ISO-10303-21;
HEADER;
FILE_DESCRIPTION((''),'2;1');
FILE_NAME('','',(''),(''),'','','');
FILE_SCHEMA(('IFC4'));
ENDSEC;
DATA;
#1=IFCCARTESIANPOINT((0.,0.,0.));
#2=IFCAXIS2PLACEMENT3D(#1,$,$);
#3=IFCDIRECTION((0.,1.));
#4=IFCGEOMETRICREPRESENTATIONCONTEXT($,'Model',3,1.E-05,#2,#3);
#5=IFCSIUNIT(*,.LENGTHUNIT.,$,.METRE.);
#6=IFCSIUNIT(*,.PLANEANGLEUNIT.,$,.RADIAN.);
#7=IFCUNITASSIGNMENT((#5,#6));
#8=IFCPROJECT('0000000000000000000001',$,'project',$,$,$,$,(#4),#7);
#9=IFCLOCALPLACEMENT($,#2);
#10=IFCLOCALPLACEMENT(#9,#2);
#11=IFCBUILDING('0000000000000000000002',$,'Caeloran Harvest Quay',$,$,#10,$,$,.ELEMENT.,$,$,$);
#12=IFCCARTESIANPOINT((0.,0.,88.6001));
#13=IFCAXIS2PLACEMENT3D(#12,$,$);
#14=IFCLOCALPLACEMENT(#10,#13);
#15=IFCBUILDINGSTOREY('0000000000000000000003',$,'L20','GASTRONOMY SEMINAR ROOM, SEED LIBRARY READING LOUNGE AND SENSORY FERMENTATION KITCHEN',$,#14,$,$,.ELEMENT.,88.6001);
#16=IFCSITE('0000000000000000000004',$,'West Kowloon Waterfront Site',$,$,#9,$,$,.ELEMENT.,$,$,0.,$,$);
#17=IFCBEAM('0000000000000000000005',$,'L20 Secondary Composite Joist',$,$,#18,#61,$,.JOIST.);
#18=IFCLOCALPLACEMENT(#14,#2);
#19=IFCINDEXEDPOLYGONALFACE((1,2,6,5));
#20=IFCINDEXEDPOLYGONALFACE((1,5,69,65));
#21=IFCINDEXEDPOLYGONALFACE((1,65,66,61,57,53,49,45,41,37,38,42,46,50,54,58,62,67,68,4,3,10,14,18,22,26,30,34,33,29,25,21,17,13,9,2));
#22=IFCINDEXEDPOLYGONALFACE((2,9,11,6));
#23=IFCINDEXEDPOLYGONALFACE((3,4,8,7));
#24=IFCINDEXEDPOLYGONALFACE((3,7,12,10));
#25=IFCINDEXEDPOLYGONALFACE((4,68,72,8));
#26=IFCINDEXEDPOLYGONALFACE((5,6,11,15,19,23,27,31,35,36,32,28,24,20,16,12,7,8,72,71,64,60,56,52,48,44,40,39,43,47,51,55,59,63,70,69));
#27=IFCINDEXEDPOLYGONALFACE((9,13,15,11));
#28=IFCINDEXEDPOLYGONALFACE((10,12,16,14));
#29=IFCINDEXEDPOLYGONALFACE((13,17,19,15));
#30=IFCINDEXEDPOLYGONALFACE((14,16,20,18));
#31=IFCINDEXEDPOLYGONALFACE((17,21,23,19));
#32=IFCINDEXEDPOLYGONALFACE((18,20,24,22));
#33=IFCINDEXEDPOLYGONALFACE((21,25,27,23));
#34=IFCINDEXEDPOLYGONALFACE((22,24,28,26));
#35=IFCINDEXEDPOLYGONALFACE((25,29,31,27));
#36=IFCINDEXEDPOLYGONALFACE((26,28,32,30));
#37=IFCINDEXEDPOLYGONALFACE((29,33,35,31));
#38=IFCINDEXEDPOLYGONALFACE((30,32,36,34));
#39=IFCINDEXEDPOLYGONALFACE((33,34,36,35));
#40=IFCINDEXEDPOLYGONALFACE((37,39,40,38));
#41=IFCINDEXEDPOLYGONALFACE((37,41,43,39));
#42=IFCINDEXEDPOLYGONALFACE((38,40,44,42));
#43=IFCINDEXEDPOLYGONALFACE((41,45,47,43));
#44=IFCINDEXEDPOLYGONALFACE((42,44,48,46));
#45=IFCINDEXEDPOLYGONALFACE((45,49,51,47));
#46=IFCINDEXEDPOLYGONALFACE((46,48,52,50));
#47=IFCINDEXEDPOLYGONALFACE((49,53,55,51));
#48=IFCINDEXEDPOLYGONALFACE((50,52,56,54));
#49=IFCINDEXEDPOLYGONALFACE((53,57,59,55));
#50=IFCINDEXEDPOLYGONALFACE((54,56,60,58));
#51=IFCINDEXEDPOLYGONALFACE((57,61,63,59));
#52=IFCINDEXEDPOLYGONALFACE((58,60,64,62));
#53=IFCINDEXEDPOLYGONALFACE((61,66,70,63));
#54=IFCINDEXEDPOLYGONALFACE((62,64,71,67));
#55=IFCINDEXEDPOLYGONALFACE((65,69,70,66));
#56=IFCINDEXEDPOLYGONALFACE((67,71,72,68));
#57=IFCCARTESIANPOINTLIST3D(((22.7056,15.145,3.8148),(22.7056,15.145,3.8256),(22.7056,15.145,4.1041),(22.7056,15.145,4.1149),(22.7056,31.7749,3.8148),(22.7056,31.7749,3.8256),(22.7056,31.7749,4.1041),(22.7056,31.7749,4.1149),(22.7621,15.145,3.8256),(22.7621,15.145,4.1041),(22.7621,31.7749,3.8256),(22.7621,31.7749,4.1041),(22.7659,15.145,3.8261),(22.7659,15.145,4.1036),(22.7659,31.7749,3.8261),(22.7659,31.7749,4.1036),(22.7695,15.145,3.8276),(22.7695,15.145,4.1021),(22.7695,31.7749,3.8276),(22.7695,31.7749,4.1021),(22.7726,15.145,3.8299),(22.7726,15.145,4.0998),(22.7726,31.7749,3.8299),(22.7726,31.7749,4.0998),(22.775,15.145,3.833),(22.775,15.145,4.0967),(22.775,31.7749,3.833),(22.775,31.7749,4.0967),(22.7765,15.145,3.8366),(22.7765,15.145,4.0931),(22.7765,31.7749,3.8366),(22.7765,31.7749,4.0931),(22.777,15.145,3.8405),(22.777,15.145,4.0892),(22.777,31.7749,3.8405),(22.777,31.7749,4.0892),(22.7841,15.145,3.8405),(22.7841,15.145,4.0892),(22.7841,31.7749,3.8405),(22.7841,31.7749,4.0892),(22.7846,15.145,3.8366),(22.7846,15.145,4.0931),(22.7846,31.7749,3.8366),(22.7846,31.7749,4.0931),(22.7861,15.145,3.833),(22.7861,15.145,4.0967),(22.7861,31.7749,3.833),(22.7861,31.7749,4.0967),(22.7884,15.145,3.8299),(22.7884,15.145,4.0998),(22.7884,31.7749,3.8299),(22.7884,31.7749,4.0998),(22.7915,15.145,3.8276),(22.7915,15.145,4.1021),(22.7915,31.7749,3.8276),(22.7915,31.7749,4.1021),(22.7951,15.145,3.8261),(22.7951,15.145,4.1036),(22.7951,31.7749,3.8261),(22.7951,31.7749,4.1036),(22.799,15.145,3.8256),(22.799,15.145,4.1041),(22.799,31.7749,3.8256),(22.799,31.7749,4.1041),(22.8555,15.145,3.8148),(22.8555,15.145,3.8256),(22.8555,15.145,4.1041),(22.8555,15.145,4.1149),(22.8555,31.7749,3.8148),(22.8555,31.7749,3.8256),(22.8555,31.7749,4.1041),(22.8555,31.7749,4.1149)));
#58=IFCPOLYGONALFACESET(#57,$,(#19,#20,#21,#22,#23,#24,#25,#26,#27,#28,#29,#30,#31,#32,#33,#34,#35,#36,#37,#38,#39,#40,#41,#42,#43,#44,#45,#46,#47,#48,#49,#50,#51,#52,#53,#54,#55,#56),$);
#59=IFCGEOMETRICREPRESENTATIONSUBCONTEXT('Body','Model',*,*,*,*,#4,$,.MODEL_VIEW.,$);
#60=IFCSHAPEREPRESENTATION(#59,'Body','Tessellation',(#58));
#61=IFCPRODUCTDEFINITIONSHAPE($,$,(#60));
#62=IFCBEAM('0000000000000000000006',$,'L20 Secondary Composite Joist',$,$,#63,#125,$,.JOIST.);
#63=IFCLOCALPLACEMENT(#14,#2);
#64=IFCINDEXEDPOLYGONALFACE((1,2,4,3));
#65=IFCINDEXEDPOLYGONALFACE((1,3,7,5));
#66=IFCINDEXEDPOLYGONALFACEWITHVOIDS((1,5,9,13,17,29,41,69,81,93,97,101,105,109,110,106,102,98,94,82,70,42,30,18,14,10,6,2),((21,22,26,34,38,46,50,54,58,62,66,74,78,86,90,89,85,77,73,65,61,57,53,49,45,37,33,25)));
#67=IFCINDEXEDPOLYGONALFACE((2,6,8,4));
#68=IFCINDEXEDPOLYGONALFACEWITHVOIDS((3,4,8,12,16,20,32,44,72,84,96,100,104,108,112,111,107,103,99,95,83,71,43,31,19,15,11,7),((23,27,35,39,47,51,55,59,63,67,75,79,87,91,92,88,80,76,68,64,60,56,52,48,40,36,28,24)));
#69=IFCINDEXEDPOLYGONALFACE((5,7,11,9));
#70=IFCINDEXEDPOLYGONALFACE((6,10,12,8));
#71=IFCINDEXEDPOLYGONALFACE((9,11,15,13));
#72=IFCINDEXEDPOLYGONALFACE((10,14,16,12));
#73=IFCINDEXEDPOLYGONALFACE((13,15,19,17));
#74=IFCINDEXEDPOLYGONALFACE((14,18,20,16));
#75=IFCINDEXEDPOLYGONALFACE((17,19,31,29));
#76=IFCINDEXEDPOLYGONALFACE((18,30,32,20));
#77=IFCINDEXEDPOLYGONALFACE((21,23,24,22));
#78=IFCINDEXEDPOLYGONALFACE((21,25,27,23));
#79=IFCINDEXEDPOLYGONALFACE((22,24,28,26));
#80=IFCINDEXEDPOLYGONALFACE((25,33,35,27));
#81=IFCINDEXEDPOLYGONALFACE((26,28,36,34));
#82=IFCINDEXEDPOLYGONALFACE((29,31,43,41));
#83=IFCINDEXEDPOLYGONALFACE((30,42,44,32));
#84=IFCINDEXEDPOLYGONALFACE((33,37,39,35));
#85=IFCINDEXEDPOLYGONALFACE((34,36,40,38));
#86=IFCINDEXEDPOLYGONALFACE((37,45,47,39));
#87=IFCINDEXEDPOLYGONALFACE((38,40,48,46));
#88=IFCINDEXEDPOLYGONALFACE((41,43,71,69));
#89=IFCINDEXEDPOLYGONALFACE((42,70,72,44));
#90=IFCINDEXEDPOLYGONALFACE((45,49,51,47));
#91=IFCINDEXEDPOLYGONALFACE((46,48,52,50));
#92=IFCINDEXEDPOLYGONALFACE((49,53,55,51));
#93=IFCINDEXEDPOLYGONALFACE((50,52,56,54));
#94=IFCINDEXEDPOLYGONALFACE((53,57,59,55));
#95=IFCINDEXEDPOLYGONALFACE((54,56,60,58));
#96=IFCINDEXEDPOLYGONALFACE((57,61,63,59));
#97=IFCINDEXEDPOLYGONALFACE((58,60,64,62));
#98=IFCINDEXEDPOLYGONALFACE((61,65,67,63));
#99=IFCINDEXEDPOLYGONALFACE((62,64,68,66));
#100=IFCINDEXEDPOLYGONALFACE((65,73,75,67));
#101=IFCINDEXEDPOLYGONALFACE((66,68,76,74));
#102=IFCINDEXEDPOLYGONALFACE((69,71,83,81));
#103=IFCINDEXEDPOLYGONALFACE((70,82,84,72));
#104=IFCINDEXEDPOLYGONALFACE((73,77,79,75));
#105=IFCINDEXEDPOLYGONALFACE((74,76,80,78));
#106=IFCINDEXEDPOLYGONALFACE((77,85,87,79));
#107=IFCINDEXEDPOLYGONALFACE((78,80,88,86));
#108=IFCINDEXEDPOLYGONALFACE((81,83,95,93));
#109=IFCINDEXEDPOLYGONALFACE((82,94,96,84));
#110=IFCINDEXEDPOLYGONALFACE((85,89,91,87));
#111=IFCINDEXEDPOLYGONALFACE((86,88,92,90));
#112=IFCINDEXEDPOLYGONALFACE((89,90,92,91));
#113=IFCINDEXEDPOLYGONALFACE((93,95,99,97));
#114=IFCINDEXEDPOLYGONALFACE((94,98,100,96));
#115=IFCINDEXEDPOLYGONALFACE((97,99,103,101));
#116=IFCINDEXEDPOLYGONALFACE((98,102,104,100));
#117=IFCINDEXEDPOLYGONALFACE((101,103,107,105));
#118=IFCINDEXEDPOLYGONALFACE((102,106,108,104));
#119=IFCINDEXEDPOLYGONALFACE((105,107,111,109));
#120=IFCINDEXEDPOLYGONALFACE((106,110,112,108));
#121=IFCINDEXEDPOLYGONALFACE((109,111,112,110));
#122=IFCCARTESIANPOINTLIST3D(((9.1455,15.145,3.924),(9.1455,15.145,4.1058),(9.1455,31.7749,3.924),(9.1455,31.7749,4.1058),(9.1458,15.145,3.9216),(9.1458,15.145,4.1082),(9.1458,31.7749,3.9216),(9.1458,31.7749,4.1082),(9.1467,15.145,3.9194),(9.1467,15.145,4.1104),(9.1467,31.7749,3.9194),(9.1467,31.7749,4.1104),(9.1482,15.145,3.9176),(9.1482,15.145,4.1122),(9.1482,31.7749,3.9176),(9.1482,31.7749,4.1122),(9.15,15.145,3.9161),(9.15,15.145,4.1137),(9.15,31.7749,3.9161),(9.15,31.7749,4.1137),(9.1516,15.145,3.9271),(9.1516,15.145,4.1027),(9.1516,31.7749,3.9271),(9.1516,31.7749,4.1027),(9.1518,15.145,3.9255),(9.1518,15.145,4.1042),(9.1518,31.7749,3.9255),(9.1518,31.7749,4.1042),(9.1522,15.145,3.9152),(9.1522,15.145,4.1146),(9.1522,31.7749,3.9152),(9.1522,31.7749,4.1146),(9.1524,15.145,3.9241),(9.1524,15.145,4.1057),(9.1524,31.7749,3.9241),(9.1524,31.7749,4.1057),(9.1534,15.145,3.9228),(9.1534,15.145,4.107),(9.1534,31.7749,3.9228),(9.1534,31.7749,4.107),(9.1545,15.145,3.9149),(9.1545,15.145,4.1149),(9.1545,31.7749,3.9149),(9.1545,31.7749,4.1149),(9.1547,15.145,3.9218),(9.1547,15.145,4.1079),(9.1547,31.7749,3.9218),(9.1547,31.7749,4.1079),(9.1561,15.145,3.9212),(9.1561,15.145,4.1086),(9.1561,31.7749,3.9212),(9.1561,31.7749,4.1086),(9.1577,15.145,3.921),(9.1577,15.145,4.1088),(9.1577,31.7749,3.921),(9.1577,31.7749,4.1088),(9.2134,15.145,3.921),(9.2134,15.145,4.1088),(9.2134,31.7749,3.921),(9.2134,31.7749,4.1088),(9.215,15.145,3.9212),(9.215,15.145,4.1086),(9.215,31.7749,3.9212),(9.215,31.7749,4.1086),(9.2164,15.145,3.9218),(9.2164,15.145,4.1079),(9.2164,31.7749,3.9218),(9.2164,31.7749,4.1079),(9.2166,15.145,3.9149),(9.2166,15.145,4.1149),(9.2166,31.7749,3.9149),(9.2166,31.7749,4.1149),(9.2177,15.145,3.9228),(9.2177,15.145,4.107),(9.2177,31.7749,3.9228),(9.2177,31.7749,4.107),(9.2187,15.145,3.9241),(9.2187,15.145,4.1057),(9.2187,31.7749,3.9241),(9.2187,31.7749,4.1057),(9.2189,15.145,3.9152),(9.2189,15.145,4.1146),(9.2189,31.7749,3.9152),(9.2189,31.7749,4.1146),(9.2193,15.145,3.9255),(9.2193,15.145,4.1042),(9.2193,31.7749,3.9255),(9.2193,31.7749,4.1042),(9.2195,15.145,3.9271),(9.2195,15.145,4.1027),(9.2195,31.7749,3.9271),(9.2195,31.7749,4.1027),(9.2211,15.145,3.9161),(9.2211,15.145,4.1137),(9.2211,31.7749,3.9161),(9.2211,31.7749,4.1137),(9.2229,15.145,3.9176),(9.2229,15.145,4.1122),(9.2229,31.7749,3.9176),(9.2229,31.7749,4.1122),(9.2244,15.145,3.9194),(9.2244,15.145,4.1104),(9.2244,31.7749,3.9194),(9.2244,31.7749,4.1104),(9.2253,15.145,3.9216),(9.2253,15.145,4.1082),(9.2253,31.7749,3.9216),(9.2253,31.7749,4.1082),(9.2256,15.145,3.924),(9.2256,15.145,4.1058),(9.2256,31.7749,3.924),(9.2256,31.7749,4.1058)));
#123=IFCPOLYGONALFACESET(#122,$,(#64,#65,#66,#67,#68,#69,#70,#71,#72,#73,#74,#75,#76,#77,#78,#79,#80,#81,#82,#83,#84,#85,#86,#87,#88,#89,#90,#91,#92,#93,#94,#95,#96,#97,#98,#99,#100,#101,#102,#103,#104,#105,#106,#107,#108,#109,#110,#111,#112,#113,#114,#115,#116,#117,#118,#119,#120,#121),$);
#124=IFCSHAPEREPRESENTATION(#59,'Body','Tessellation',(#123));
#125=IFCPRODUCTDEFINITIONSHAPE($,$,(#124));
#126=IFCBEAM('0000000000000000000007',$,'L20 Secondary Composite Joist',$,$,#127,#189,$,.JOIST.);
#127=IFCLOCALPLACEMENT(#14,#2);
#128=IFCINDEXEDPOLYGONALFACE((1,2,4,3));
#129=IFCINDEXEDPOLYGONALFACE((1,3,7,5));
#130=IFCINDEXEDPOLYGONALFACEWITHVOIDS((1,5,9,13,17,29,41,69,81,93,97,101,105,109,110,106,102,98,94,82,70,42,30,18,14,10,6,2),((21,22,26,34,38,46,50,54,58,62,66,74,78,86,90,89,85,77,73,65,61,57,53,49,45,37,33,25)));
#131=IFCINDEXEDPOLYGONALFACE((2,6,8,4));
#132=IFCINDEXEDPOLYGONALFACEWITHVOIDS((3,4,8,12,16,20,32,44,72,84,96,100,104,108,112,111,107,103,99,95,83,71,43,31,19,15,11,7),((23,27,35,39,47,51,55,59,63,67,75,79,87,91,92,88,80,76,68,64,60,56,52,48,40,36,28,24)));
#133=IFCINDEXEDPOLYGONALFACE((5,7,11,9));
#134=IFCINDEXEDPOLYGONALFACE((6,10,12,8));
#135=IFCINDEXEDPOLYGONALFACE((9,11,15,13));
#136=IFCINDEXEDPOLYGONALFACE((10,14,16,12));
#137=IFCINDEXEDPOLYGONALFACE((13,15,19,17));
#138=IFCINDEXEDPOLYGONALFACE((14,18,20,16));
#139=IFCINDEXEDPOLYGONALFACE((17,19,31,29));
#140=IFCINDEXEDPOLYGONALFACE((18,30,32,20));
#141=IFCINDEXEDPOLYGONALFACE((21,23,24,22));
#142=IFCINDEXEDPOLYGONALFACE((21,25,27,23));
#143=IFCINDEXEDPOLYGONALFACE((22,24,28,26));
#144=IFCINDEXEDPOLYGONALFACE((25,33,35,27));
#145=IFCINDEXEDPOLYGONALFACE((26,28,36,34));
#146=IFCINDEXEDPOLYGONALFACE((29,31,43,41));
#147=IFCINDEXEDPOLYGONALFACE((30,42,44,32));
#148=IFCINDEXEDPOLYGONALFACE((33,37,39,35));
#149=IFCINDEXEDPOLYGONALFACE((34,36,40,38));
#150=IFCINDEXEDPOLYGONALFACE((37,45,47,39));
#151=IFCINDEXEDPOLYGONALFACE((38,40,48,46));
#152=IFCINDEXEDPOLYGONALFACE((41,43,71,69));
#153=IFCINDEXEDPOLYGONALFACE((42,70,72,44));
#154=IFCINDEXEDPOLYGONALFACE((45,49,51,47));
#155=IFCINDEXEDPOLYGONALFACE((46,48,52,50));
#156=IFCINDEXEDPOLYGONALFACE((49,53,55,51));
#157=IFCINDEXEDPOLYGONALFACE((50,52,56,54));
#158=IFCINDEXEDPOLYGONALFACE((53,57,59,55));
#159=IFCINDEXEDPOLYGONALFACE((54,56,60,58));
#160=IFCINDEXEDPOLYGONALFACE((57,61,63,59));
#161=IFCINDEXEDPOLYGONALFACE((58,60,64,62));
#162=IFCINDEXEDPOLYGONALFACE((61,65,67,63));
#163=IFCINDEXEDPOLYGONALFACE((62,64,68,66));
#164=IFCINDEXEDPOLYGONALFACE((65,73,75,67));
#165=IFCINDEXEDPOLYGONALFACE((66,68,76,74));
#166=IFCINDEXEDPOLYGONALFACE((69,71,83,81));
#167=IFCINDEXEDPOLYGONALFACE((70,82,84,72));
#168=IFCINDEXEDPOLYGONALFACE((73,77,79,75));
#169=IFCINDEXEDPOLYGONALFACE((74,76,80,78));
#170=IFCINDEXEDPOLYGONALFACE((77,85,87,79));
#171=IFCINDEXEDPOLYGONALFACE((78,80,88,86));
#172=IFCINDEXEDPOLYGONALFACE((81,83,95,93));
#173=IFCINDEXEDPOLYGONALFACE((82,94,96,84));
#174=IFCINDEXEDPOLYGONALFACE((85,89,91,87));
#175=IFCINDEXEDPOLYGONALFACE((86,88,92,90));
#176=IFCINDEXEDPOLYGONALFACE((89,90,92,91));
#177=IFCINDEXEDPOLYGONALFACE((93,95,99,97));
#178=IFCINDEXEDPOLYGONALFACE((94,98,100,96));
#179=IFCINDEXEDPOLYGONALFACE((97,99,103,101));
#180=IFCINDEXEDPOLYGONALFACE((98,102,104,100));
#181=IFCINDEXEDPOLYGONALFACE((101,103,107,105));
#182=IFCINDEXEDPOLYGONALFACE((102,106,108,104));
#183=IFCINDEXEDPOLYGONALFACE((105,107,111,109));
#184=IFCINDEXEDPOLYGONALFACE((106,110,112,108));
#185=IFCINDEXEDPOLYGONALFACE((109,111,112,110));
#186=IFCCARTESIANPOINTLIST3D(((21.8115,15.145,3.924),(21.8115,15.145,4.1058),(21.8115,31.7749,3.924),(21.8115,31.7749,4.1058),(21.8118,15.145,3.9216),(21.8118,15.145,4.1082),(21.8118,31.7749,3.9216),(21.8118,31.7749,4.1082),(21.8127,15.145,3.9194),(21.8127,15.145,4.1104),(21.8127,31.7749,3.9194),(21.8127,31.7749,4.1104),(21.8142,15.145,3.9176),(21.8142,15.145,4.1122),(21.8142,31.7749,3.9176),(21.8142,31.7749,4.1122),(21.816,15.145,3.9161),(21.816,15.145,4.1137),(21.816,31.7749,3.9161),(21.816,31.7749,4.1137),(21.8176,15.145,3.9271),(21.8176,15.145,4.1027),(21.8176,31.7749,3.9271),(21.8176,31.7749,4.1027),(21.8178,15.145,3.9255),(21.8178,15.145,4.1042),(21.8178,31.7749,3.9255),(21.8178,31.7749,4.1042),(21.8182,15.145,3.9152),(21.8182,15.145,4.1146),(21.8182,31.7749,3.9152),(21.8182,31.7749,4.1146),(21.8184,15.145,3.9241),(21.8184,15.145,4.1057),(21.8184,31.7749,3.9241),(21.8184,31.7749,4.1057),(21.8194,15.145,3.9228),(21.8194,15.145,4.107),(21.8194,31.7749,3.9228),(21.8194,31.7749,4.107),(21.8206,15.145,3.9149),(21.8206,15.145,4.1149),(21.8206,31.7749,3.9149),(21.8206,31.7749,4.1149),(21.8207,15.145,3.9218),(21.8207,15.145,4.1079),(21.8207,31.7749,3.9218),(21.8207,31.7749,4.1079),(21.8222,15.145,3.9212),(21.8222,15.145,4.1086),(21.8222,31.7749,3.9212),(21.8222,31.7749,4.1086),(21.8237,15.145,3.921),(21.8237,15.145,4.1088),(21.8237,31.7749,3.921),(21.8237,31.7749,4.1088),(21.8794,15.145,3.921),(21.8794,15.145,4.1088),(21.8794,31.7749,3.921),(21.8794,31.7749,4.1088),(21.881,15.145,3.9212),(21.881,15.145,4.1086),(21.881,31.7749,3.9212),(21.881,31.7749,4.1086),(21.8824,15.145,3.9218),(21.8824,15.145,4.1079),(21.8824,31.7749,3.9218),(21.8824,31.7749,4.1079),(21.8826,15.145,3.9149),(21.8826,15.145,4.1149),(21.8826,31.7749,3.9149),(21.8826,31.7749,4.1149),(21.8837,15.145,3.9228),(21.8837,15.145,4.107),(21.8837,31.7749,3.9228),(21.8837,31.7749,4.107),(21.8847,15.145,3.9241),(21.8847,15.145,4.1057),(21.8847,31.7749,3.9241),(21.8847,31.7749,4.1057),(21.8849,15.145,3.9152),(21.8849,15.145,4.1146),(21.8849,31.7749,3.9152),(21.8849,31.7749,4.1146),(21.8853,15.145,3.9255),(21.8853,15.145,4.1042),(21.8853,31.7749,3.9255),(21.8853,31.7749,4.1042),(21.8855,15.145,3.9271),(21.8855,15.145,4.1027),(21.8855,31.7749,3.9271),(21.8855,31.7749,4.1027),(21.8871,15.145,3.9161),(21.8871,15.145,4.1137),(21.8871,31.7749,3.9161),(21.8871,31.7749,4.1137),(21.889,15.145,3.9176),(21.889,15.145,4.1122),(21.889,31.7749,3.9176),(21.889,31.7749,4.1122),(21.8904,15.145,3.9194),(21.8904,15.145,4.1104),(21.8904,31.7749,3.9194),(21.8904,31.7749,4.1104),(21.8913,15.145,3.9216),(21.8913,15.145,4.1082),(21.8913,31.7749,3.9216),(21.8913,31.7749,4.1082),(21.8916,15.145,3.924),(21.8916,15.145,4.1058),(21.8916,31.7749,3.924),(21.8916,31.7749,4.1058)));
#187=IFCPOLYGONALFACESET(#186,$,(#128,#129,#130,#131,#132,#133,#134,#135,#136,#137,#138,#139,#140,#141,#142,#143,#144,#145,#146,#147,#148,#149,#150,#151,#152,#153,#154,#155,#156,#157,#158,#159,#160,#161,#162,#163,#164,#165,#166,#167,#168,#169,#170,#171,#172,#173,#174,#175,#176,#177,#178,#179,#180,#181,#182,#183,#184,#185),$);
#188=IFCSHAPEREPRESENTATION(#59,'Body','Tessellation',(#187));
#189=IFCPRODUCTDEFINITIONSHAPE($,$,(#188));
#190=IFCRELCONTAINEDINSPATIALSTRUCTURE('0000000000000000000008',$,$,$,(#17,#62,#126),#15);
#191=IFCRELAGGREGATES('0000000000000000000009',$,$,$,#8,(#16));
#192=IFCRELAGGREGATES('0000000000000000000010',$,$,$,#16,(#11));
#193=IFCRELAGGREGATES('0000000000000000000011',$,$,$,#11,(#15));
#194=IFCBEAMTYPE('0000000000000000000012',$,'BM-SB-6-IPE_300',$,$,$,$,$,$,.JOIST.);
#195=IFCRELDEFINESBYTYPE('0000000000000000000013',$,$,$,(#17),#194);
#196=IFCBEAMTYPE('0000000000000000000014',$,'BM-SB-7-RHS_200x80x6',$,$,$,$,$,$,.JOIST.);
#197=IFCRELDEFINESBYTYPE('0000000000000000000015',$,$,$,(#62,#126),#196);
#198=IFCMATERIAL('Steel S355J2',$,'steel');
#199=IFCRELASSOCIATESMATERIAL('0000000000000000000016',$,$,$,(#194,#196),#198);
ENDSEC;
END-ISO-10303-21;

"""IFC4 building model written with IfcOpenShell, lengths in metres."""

from ifc_helpers import new_model, si_unit, direction, frame, origin, origin_2d, place, context, subcontext, project, spatial, hollow_rectangle, i_section, extrude, material, material_profile, profile_set, type_object, element, save


model = new_model("IFC4")

# Units and contexts
model_context = context("Model", 3, precision=1e-05, world=origin(), true_north=direction((0.0, 1.0)))
body_context = subcontext(model_context, "Body", "Model", "MODEL_VIEW")
ifc_project = project(units=[si_unit("LENGTHUNIT", "METRE"), si_unit("PLANEANGLEUNIT", "RADIAN")], contexts=[model_context])

# Site, building, storey
site_placement = place(None, origin())
site = spatial("IfcSite", under=ifc_project, at=site_placement, Name="West Kowloon Waterfront Site", CompositionType="ELEMENT", RefElevation=0.0)
building_placement = place(site_placement, origin())
building = spatial("IfcBuilding", under=site, at=building_placement, Name="Caeloran Harvest Quay", CompositionType="ELEMENT")
storey_placement = place(building_placement, frame((0.0, 0.0, 88.6001)))
storey = spatial("IfcBuildingStorey", under=building, at=storey_placement, Name="L20", Description="GASTRONOMY SEMINAR ROOM, SEED LIBRARY READING LOUNGE AND SENSORY FERMENTATION KITCHEN", CompositionType="ELEMENT", Elevation=88.6001)

# Beams
ifc_material_1 = material(Name="Steel S355J2", Category="steel")
ifc_material_profile_1 = material_profile(ifc_material_1, i_section(OverallWidth=0.1499, OverallDepth=0.3, WebThickness=0.0071, FlangeThickness=0.0107, FilletRadius=0.0149, at=origin_2d()), Name="IPE 300")
ifc_profile_set_1 = profile_set([ifc_material_profile_1], Name="Steel S355J2")
beam_type_1 = type_object("IfcBeamType", Name="BM-SB-6-IPE_300", PredefinedType="JOIST", material=ifc_profile_set_1)
for number, where, z_axis, x_axis, name in (
    (1, (22.7805, 15.145, 3.9648), (0.0, 1.0, 0.0), (-1.0, 0.0, 0.0), "L20 Secondary Composite Joist"),
):
    element("IfcBeam", number, at=place(storey_placement, frame(where, z_axis=z_axis, x_axis=x_axis)), inside=storey, type_object=beam_type_1, Name=name, PredefinedType="JOIST", context=body_context, shape_type="SweptSolid", body=[
        extrude(i_section(OverallWidth=0.1499, OverallDepth=0.3, WebThickness=0.0071, FlangeThickness=0.0107, FilletRadius=0.0149, at=origin_2d()), origin(), (0.0, 0.0, 1.0), 16.6299),
    ])
ifc_material_profile_2 = material_profile(ifc_material_1, hollow_rectangle(XDim=0.0801, YDim=0.2, WallThickness=0.0061, InnerFilletRadius=0.0061, OuterFilletRadius=0.009, at=origin_2d()), Name="RHS 200x80x6")
ifc_profile_set_2 = profile_set([ifc_material_profile_2], Name="Steel S355J2")
beam_type_2 = type_object("IfcBeamType", Name="BM-SB-7-RHS_200x80x6", PredefinedType="JOIST", material=ifc_profile_set_2)
for number, where, z_axis, x_axis, name in (
    (2, (9.1855, 15.145, 4.0149), (0.0, 1.0, 0.0), (-1.0, 0.0, 0.0), "L20 Secondary Composite Joist"),
    (3, (21.8516, 15.145, 4.0149), (0.0, 1.0, 0.0), (-1.0, 0.0, 0.0), "L20 Secondary Composite Joist"),
):
    element("IfcBeam", number, at=place(storey_placement, frame(where, z_axis=z_axis, x_axis=x_axis)), inside=storey, type_object=beam_type_2, Name=name, PredefinedType="JOIST", context=body_context, shape_type="SweptSolid", body=[
        extrude(hollow_rectangle(XDim=0.0801, YDim=0.2, WallThickness=0.0061, InnerFilletRadius=0.0061, OuterFilletRadius=0.009, at=origin_2d()), origin(), (0.0, 0.0, 1.0), 16.6299),
    ])

save(model, "model.ifc")
